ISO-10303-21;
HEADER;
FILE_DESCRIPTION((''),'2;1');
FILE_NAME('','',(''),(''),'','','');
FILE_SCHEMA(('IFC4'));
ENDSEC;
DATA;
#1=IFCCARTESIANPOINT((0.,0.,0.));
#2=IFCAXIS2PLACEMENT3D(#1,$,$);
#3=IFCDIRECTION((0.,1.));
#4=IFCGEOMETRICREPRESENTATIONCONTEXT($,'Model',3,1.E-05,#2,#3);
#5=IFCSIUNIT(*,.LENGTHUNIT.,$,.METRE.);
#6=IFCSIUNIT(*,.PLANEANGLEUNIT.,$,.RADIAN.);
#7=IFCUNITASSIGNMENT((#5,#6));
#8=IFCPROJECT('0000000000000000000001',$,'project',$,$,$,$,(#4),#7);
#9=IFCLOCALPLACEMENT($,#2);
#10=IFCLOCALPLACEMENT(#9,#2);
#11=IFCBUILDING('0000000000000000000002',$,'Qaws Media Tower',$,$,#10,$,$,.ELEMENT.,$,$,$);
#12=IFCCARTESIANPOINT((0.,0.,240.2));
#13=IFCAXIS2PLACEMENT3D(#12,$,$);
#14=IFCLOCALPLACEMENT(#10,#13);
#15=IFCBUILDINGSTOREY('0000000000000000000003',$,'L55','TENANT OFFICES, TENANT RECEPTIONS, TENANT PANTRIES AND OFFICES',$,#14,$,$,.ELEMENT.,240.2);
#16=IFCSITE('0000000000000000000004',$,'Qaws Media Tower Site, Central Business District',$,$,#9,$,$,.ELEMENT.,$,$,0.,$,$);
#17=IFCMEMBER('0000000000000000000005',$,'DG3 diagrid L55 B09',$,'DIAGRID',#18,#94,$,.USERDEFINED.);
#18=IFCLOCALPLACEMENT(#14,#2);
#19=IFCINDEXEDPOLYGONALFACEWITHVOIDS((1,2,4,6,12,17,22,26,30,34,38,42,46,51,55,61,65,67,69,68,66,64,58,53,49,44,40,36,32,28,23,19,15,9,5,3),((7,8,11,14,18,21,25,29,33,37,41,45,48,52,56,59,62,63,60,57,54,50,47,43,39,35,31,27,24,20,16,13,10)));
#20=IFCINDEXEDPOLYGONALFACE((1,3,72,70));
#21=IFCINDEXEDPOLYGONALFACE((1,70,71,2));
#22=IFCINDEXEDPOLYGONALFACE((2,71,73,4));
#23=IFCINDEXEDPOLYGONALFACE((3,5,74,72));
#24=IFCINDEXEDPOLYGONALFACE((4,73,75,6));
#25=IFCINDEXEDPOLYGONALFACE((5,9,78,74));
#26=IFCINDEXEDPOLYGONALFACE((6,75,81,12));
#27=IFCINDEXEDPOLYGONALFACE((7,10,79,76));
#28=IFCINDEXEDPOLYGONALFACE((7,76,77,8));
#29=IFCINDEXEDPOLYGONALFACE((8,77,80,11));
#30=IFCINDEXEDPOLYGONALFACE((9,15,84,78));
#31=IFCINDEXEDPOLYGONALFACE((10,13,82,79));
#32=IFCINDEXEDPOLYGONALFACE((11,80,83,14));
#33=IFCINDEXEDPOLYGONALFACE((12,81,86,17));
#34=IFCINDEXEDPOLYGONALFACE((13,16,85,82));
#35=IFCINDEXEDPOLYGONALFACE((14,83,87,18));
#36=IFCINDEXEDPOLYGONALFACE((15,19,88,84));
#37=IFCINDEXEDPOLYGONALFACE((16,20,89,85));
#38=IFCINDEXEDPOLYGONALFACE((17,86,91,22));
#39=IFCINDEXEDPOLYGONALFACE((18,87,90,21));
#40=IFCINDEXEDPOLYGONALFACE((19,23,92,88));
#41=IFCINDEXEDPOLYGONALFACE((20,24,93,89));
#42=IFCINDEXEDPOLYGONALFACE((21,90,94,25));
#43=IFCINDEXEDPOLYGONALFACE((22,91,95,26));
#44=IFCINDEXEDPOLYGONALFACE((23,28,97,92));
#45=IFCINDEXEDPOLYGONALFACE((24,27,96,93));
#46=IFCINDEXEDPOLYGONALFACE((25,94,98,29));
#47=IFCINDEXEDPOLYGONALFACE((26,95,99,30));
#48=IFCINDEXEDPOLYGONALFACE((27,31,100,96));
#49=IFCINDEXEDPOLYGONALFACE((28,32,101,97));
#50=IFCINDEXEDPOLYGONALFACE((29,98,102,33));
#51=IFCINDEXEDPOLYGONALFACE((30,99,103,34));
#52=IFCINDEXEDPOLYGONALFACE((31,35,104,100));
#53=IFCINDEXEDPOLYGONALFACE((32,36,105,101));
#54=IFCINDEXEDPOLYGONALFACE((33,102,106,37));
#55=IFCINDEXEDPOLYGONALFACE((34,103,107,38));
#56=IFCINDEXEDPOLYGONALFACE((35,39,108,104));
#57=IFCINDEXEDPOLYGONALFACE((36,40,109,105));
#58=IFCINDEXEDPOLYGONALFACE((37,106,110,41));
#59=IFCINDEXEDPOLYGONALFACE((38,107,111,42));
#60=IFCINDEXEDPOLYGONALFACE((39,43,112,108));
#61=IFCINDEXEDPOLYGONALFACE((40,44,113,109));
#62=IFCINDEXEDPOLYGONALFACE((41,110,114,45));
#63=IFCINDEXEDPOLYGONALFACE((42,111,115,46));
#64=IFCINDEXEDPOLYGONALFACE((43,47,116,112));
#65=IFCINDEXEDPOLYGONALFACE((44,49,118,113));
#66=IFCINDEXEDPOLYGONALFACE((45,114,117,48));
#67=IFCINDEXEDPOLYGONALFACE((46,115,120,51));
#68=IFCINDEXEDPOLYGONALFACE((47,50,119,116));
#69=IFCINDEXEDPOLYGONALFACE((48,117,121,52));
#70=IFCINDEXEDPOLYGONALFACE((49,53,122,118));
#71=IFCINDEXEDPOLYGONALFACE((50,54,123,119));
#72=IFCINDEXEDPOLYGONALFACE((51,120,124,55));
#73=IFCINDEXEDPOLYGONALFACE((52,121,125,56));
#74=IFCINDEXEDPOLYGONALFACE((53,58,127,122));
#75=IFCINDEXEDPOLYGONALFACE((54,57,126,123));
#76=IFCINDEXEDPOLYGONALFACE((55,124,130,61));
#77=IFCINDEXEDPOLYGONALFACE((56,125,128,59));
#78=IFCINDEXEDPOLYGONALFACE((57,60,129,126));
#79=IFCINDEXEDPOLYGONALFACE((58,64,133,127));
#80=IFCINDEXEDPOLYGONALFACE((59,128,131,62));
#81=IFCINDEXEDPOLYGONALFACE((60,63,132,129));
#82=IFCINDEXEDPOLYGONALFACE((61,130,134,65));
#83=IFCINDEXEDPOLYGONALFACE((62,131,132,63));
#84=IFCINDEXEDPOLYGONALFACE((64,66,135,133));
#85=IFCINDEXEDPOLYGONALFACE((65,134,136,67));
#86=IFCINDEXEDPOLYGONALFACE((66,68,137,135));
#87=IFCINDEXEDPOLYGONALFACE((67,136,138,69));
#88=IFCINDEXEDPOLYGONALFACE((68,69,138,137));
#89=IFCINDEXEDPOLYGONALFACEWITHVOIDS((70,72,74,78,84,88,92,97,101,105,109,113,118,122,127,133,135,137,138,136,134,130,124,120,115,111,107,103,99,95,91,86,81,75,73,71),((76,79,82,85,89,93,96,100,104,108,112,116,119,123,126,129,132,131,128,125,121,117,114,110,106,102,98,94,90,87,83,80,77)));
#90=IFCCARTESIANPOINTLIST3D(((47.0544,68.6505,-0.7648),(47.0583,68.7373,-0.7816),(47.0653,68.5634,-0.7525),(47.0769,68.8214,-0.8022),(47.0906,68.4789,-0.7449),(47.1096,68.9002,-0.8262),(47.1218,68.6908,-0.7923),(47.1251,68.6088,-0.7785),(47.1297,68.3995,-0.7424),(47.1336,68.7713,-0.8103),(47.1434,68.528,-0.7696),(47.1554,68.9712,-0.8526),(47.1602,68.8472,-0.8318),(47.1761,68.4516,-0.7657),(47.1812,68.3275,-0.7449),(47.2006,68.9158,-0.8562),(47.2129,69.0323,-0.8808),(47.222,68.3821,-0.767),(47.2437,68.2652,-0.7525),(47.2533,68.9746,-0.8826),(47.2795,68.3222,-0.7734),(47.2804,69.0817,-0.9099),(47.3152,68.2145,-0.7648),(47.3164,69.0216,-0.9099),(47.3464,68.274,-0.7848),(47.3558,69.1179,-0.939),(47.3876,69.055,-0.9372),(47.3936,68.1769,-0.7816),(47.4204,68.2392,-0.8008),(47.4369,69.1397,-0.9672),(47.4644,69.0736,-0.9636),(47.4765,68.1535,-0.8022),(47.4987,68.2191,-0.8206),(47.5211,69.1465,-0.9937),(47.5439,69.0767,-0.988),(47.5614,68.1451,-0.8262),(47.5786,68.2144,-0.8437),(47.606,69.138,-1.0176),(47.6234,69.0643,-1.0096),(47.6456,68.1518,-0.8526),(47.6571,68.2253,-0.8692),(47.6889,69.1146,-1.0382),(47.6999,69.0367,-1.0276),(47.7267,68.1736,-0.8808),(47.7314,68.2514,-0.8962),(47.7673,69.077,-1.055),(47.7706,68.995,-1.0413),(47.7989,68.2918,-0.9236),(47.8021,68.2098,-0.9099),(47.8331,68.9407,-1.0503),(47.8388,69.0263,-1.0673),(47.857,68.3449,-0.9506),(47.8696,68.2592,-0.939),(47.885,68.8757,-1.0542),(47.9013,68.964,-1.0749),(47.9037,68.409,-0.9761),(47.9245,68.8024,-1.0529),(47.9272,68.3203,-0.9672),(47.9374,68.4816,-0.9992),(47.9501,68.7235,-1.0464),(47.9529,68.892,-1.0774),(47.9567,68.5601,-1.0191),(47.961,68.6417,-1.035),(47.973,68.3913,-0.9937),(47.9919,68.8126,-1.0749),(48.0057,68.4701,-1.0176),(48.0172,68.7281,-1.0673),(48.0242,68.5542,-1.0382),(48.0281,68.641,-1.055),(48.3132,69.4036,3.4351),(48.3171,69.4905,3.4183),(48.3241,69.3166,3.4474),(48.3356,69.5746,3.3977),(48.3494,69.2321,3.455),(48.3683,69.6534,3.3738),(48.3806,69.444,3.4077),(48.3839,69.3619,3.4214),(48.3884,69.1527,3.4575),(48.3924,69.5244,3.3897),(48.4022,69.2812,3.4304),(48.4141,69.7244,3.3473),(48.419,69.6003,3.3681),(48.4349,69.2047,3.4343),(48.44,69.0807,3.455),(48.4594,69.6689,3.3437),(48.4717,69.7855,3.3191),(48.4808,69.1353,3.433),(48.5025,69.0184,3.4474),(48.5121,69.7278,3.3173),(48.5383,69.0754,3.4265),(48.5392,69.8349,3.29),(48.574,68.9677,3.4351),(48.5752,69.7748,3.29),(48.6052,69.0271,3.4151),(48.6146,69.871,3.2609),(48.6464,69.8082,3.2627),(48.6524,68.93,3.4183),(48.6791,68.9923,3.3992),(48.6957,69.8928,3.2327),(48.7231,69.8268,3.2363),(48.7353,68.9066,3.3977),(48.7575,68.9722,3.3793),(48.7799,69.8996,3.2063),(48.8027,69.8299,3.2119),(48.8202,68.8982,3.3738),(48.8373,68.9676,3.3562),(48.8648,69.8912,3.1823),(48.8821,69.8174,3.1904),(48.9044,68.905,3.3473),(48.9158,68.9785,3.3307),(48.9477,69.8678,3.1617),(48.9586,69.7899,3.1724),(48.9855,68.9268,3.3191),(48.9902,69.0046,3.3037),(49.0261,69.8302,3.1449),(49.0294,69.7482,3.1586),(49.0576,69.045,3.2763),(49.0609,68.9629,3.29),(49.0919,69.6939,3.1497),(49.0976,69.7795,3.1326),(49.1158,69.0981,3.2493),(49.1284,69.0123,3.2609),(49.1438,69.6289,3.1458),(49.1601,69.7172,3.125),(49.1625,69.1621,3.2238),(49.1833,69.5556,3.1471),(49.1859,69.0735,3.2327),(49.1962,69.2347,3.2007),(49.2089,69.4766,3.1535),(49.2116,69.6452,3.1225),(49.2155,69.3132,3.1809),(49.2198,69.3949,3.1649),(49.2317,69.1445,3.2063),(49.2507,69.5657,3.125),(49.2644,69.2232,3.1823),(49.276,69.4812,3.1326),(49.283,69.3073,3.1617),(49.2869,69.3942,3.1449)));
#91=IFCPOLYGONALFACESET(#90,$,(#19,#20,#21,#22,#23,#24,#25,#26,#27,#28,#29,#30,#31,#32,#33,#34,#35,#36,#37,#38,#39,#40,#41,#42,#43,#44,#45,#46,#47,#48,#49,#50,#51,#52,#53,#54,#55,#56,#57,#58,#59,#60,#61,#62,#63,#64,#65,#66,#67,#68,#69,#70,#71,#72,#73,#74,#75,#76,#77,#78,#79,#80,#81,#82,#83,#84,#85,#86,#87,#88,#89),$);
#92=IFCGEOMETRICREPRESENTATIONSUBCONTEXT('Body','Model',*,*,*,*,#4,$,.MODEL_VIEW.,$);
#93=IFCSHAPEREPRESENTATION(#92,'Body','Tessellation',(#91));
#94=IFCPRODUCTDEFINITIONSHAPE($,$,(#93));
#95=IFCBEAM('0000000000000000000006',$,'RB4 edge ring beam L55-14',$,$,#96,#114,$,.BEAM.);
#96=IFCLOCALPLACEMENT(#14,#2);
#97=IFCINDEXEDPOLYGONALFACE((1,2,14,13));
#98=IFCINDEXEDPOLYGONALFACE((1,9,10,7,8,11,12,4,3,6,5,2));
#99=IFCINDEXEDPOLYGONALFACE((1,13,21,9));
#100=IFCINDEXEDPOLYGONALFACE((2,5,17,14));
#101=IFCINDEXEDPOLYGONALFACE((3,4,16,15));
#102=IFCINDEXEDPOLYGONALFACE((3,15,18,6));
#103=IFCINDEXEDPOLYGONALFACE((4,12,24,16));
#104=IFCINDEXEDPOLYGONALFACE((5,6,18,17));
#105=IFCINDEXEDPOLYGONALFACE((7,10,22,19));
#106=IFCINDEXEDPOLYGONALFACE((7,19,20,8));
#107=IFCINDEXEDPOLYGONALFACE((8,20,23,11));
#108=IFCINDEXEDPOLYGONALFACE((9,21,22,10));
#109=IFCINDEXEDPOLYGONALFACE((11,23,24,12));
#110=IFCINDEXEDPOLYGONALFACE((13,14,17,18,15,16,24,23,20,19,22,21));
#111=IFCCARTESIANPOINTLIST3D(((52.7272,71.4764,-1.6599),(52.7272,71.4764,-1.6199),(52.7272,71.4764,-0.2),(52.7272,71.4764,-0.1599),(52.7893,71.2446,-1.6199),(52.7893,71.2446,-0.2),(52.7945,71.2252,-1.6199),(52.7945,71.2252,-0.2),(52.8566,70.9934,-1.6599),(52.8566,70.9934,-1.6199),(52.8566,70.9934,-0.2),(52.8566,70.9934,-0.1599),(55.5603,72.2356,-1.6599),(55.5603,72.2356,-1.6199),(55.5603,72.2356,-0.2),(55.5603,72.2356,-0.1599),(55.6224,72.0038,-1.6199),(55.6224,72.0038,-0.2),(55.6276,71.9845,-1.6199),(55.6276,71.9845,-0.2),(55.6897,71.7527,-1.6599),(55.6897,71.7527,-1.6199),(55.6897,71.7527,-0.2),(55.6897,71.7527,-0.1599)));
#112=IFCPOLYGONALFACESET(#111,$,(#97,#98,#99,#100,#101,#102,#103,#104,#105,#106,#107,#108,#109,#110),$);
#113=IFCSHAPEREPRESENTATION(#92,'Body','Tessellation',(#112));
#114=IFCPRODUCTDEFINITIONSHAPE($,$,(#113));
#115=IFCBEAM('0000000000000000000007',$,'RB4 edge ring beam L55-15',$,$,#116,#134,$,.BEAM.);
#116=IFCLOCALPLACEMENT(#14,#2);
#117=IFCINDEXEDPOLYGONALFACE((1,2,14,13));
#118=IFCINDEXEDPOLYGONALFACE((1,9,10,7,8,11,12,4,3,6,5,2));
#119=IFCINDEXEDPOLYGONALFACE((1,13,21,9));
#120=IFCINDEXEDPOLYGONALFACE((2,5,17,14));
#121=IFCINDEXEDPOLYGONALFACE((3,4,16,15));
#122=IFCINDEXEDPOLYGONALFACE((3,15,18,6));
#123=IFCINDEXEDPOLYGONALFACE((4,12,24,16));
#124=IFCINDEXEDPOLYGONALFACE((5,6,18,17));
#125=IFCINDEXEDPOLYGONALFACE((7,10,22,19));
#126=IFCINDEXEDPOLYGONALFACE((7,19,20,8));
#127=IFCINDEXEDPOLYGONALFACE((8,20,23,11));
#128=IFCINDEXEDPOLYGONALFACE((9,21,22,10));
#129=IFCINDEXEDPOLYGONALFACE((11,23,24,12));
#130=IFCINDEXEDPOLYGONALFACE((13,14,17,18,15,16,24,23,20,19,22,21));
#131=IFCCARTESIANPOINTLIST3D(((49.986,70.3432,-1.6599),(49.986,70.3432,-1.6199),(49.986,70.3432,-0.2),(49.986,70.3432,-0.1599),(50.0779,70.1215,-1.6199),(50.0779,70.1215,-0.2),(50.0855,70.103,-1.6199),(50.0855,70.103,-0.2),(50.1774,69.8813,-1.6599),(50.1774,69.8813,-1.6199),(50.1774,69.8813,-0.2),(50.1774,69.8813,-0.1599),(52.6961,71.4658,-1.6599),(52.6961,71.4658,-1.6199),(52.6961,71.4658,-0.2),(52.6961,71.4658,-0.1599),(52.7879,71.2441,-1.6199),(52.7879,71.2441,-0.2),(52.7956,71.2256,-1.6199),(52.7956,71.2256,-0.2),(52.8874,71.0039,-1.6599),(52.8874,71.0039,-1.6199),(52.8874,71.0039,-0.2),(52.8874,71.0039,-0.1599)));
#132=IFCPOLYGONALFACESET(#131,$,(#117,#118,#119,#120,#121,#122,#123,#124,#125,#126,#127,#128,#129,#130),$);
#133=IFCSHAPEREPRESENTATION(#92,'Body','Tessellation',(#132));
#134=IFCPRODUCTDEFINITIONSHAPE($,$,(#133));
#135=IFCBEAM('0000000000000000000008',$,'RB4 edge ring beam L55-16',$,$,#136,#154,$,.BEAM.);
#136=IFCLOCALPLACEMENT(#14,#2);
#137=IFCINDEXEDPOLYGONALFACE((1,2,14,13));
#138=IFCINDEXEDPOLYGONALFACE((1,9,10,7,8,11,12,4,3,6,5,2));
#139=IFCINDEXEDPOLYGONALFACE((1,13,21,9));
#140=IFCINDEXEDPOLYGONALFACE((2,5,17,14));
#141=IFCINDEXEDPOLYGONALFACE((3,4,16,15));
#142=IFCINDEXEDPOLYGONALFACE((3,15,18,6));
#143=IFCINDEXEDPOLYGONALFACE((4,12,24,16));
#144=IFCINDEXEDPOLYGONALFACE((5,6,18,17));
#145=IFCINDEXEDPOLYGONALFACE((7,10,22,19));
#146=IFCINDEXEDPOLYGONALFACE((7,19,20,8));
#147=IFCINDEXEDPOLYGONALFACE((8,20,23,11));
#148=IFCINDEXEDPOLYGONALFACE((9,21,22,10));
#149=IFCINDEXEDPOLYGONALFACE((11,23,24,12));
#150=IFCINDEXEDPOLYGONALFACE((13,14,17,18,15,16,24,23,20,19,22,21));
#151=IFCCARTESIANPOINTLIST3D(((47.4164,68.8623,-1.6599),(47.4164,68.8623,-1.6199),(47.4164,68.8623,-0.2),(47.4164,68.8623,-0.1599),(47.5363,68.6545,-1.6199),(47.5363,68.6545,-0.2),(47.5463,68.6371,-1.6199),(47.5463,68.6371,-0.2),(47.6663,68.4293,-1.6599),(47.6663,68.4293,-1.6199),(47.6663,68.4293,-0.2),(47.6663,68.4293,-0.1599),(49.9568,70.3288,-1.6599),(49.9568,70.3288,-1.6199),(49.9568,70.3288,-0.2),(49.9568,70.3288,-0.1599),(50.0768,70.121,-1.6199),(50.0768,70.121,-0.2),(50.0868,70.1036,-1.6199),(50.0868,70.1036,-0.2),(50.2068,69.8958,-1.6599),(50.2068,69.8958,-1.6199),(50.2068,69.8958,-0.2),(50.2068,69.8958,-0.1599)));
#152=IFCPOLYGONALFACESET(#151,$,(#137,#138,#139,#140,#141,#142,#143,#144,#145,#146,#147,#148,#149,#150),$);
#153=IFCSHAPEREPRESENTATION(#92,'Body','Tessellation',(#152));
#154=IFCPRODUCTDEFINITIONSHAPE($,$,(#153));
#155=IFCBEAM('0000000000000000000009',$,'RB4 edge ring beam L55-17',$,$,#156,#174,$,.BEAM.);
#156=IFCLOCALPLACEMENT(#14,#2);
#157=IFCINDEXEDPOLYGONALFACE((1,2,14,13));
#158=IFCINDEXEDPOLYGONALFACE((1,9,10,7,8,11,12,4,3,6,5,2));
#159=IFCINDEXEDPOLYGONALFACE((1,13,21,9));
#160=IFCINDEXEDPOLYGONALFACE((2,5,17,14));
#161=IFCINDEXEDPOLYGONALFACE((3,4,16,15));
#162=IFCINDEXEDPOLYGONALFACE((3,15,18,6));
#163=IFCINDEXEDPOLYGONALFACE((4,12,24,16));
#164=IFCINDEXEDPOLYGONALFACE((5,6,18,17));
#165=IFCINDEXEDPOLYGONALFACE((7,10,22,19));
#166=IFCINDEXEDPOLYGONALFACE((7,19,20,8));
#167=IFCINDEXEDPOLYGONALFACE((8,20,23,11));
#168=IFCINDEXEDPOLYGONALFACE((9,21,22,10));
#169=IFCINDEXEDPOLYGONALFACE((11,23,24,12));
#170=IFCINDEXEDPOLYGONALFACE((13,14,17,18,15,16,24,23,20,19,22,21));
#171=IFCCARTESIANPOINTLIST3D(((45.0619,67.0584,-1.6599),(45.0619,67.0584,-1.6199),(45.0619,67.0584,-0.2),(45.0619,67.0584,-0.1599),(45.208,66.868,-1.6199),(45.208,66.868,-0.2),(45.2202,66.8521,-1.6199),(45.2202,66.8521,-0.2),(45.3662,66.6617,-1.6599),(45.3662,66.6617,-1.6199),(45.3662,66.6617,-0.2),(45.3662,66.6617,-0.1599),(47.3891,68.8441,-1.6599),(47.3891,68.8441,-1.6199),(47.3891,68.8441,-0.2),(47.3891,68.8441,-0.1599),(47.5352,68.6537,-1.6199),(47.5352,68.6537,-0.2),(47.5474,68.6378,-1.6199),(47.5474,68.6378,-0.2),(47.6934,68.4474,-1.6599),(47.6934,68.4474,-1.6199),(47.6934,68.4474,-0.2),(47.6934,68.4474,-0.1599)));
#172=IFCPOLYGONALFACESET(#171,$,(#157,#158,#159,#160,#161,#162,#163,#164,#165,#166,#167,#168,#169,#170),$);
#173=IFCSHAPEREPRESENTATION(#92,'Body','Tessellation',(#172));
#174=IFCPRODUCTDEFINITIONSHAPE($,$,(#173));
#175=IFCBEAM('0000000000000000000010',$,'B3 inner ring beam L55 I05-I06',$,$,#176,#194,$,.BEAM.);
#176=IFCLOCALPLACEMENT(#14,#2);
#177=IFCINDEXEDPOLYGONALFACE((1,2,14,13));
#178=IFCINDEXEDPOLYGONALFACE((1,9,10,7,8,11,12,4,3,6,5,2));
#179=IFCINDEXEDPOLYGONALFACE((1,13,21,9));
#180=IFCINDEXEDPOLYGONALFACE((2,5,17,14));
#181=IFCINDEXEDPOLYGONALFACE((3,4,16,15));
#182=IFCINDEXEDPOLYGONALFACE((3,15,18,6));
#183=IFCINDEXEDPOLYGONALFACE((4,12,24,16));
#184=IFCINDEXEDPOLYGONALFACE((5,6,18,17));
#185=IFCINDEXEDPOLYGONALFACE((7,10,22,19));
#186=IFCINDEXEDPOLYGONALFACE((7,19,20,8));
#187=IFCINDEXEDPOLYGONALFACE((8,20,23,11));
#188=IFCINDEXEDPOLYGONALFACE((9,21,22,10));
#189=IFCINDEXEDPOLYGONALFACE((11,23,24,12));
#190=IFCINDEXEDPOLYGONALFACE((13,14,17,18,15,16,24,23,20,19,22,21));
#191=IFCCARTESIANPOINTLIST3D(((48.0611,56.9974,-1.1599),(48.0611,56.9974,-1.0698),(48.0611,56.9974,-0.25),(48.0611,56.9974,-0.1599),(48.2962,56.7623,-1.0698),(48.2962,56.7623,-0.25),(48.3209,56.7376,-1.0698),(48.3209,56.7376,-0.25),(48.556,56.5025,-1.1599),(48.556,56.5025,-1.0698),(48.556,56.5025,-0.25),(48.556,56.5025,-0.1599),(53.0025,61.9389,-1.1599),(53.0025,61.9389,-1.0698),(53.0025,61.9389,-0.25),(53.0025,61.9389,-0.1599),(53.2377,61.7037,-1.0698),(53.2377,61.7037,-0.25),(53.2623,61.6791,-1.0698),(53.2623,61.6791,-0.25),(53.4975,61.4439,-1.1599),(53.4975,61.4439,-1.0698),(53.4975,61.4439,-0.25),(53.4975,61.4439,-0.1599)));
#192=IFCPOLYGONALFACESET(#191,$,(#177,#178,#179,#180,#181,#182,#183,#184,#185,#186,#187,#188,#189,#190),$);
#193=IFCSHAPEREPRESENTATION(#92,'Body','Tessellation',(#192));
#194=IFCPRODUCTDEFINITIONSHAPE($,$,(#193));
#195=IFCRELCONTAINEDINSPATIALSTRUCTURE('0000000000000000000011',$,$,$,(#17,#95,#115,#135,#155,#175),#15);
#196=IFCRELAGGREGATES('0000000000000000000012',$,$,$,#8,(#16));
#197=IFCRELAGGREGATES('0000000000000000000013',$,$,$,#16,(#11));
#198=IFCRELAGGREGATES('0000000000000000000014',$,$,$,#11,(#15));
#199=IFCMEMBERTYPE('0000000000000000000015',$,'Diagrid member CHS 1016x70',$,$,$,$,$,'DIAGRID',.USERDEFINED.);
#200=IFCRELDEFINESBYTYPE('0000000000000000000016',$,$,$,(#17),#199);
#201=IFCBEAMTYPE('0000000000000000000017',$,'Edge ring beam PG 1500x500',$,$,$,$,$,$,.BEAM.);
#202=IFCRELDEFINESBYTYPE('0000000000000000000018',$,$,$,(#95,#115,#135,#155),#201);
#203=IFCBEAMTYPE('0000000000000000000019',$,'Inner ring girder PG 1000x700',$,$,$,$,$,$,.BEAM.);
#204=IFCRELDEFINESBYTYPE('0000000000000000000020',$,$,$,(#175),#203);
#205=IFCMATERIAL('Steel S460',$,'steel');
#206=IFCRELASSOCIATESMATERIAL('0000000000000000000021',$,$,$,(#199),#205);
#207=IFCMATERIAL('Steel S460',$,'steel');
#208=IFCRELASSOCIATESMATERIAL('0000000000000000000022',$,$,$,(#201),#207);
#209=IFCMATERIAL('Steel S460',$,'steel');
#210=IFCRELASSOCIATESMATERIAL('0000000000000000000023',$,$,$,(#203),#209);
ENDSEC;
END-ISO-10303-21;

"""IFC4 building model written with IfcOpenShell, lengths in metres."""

from ifc_helpers import new_model, si_unit, direction, frame, origin, origin_2d, place, context, subcontext, project, spatial, hollow_circle, i_section, extrude, material, material_profile, profile_set, type_object, element, save


model = new_model("IFC4")

# Units and contexts
model_context = context("Model", 3, precision=1e-05, world=origin(), true_north=direction((0.0, 1.0)))
body_context = subcontext(model_context, "Body", "Model", "MODEL_VIEW")
ifc_project = project(units=[si_unit("LENGTHUNIT", "METRE"), si_unit("PLANEANGLEUNIT", "RADIAN")], contexts=[model_context])

# Site, building, storey
site_placement = place(None, origin())
site = spatial("IfcSite", under=ifc_project, at=site_placement, Name="Qaws Media Tower Site, Central Business District", CompositionType="ELEMENT", RefElevation=0.0)
building_placement = place(site_placement, origin())
building = spatial("IfcBuilding", under=site, at=building_placement, Name="Qaws Media Tower", CompositionType="ELEMENT")
storey_placement = place(building_placement, frame((0.0, 0.0, 240.2)))
storey = spatial("IfcBuildingStorey", under=building, at=storey_placement, Name="L55", Description="TENANT OFFICES, TENANT RECEPTIONS, TENANT PANTRIES AND OFFICES", CompositionType="ELEMENT", Elevation=240.2)

# Member
ifc_material_1 = material(Name="Steel S460", Category="steel")
ifc_material_profile_1 = material_profile(ifc_material_1, hollow_circle(Radius=0.5081, WallThickness=0.0701, at=origin_2d()), Name="CHS 1016x70")
ifc_profile_set_1 = profile_set([ifc_material_profile_1], Name="Steel S460")
member_type_1 = type_object("IfcMemberType", Name="Diagrid member CHS 1016x70", ElementType="DIAGRID", PredefinedType="USERDEFINED", material=ifc_profile_set_1)
for number, where, z_axis, x_axis, name in (
    (1, (47.5413, 68.6458, -0.9099), (0.282953, 0.1693, 0.944074), (-0.513443, 0.858124, 0.0), "DG3 diagrid L55 B09"),
):
    element("IfcMember", number, at=place(storey_placement, frame(where, z_axis=z_axis, x_axis=x_axis)), inside=storey, type_object=member_type_1, Name=name, ObjectType="DIAGRID", PredefinedType="USERDEFINED", context=body_context, shape_type="SweptSolid", body=[
        extrude(hollow_circle(Radius=0.5081, WallThickness=0.0701, at=origin_2d()), origin(), (0.0, 0.0, 1.0), 4.4487),
    ])

# Beams
ifc_material_2 = material(Name="Steel S460", Category="steel")
ifc_material_profile_2 = material_profile(ifc_material_2, i_section(OverallWidth=0.5, OverallDepth=1.5, WebThickness=0.02, FlangeThickness=0.04, at=origin_2d()), Name="PG 1500x500")
ifc_profile_set_2 = profile_set([ifc_material_profile_2], Name="Steel S460")
beam_type_1 = type_object("IfcBeamType", Name="Edge ring beam PG 1500x500", PredefinedType="BEAM", material=ifc_profile_set_2)
beam_1_placement = place(storey_placement, frame((55.625, 71.9941, -0.9099), z_axis=(-0.965916, -0.258854, 0.0), x_axis=(0.258854, -0.965916, 0.0)))
element("IfcBeam", 2, at=beam_1_placement, inside=storey, type_object=beam_type_1, Name="RB4 edge ring beam L55-14", PredefinedType="BEAM", context=body_context, shape_type="SweptSolid", body=[
    extrude(i_section(OverallWidth=0.5, OverallDepth=1.5, WebThickness=0.02, FlangeThickness=0.04, at=origin_2d()), origin(), (0.0, 0.0, 1.0), 2.9331),
])
for number, where, z_axis, x_axis, name in (
    (3, (52.7917, 71.2349, -0.9099), (-0.923873, -0.3827, 0.0), (0.3827, -0.923873, 0.0), "RB4 edge ring beam L55-15"),
    (4, (50.0818, 70.1123, -0.9099), (-0.866058, -0.499943, 0.0), (0.499943, -0.866058, 0.0), "RB4 edge ring beam L55-16"),
    (5, (47.5413, 68.6458, -0.9099), (-0.79336, -0.608753, 0.0), (0.608753, -0.79336, 0.0), "RB4 edge ring beam L55-17"),
):
    element("IfcBeam", number, at=place(storey_placement, frame(where, z_axis=z_axis, x_axis=x_axis)), inside=storey, type_object=beam_type_1, Name=name, PredefinedType="BEAM", context=body_context, shape_type="SweptSolid", body=[
        extrude(i_section(OverallWidth=0.5, OverallDepth=1.5, WebThickness=0.02, FlangeThickness=0.04, at=origin_2d()), origin(), (0.0, 0.0, 1.0), 2.9333),
    ])
ifc_material_3 = material(Name="Steel S460", Category="steel")
ifc_material_profile_3 = material_profile(ifc_material_3, i_section(OverallWidth=0.7, OverallDepth=1.0, WebThickness=0.0349, FlangeThickness=0.0901, at=origin_2d()), Name="PG 1000x700")
ifc_profile_set_3 = profile_set([ifc_material_profile_3], Name="Steel S460")
beam_type_2 = type_object("IfcBeamType", Name="Inner ring girder PG 1000x700", PredefinedType="BEAM", material=ifc_profile_set_3)
beam_2_placement = place(storey_placement, frame((53.25, 61.6914, -0.6599), z_axis=(-0.707107, -0.707107, 0.0), x_axis=(0.707107, -0.707107, 0.0)))
element("IfcBeam", 6, at=beam_2_placement, inside=storey, type_object=beam_type_2, Name="B3 inner ring beam L55 I05-I06", PredefinedType="BEAM", context=body_context, shape_type="SweptSolid", body=[
    extrude(i_section(OverallWidth=0.7, OverallDepth=1.0, WebThickness=0.0349, FlangeThickness=0.0901, at=origin_2d()), origin(), (0.0, 0.0, 1.0), 6.9883),
])

save(model, "model.ifc")
